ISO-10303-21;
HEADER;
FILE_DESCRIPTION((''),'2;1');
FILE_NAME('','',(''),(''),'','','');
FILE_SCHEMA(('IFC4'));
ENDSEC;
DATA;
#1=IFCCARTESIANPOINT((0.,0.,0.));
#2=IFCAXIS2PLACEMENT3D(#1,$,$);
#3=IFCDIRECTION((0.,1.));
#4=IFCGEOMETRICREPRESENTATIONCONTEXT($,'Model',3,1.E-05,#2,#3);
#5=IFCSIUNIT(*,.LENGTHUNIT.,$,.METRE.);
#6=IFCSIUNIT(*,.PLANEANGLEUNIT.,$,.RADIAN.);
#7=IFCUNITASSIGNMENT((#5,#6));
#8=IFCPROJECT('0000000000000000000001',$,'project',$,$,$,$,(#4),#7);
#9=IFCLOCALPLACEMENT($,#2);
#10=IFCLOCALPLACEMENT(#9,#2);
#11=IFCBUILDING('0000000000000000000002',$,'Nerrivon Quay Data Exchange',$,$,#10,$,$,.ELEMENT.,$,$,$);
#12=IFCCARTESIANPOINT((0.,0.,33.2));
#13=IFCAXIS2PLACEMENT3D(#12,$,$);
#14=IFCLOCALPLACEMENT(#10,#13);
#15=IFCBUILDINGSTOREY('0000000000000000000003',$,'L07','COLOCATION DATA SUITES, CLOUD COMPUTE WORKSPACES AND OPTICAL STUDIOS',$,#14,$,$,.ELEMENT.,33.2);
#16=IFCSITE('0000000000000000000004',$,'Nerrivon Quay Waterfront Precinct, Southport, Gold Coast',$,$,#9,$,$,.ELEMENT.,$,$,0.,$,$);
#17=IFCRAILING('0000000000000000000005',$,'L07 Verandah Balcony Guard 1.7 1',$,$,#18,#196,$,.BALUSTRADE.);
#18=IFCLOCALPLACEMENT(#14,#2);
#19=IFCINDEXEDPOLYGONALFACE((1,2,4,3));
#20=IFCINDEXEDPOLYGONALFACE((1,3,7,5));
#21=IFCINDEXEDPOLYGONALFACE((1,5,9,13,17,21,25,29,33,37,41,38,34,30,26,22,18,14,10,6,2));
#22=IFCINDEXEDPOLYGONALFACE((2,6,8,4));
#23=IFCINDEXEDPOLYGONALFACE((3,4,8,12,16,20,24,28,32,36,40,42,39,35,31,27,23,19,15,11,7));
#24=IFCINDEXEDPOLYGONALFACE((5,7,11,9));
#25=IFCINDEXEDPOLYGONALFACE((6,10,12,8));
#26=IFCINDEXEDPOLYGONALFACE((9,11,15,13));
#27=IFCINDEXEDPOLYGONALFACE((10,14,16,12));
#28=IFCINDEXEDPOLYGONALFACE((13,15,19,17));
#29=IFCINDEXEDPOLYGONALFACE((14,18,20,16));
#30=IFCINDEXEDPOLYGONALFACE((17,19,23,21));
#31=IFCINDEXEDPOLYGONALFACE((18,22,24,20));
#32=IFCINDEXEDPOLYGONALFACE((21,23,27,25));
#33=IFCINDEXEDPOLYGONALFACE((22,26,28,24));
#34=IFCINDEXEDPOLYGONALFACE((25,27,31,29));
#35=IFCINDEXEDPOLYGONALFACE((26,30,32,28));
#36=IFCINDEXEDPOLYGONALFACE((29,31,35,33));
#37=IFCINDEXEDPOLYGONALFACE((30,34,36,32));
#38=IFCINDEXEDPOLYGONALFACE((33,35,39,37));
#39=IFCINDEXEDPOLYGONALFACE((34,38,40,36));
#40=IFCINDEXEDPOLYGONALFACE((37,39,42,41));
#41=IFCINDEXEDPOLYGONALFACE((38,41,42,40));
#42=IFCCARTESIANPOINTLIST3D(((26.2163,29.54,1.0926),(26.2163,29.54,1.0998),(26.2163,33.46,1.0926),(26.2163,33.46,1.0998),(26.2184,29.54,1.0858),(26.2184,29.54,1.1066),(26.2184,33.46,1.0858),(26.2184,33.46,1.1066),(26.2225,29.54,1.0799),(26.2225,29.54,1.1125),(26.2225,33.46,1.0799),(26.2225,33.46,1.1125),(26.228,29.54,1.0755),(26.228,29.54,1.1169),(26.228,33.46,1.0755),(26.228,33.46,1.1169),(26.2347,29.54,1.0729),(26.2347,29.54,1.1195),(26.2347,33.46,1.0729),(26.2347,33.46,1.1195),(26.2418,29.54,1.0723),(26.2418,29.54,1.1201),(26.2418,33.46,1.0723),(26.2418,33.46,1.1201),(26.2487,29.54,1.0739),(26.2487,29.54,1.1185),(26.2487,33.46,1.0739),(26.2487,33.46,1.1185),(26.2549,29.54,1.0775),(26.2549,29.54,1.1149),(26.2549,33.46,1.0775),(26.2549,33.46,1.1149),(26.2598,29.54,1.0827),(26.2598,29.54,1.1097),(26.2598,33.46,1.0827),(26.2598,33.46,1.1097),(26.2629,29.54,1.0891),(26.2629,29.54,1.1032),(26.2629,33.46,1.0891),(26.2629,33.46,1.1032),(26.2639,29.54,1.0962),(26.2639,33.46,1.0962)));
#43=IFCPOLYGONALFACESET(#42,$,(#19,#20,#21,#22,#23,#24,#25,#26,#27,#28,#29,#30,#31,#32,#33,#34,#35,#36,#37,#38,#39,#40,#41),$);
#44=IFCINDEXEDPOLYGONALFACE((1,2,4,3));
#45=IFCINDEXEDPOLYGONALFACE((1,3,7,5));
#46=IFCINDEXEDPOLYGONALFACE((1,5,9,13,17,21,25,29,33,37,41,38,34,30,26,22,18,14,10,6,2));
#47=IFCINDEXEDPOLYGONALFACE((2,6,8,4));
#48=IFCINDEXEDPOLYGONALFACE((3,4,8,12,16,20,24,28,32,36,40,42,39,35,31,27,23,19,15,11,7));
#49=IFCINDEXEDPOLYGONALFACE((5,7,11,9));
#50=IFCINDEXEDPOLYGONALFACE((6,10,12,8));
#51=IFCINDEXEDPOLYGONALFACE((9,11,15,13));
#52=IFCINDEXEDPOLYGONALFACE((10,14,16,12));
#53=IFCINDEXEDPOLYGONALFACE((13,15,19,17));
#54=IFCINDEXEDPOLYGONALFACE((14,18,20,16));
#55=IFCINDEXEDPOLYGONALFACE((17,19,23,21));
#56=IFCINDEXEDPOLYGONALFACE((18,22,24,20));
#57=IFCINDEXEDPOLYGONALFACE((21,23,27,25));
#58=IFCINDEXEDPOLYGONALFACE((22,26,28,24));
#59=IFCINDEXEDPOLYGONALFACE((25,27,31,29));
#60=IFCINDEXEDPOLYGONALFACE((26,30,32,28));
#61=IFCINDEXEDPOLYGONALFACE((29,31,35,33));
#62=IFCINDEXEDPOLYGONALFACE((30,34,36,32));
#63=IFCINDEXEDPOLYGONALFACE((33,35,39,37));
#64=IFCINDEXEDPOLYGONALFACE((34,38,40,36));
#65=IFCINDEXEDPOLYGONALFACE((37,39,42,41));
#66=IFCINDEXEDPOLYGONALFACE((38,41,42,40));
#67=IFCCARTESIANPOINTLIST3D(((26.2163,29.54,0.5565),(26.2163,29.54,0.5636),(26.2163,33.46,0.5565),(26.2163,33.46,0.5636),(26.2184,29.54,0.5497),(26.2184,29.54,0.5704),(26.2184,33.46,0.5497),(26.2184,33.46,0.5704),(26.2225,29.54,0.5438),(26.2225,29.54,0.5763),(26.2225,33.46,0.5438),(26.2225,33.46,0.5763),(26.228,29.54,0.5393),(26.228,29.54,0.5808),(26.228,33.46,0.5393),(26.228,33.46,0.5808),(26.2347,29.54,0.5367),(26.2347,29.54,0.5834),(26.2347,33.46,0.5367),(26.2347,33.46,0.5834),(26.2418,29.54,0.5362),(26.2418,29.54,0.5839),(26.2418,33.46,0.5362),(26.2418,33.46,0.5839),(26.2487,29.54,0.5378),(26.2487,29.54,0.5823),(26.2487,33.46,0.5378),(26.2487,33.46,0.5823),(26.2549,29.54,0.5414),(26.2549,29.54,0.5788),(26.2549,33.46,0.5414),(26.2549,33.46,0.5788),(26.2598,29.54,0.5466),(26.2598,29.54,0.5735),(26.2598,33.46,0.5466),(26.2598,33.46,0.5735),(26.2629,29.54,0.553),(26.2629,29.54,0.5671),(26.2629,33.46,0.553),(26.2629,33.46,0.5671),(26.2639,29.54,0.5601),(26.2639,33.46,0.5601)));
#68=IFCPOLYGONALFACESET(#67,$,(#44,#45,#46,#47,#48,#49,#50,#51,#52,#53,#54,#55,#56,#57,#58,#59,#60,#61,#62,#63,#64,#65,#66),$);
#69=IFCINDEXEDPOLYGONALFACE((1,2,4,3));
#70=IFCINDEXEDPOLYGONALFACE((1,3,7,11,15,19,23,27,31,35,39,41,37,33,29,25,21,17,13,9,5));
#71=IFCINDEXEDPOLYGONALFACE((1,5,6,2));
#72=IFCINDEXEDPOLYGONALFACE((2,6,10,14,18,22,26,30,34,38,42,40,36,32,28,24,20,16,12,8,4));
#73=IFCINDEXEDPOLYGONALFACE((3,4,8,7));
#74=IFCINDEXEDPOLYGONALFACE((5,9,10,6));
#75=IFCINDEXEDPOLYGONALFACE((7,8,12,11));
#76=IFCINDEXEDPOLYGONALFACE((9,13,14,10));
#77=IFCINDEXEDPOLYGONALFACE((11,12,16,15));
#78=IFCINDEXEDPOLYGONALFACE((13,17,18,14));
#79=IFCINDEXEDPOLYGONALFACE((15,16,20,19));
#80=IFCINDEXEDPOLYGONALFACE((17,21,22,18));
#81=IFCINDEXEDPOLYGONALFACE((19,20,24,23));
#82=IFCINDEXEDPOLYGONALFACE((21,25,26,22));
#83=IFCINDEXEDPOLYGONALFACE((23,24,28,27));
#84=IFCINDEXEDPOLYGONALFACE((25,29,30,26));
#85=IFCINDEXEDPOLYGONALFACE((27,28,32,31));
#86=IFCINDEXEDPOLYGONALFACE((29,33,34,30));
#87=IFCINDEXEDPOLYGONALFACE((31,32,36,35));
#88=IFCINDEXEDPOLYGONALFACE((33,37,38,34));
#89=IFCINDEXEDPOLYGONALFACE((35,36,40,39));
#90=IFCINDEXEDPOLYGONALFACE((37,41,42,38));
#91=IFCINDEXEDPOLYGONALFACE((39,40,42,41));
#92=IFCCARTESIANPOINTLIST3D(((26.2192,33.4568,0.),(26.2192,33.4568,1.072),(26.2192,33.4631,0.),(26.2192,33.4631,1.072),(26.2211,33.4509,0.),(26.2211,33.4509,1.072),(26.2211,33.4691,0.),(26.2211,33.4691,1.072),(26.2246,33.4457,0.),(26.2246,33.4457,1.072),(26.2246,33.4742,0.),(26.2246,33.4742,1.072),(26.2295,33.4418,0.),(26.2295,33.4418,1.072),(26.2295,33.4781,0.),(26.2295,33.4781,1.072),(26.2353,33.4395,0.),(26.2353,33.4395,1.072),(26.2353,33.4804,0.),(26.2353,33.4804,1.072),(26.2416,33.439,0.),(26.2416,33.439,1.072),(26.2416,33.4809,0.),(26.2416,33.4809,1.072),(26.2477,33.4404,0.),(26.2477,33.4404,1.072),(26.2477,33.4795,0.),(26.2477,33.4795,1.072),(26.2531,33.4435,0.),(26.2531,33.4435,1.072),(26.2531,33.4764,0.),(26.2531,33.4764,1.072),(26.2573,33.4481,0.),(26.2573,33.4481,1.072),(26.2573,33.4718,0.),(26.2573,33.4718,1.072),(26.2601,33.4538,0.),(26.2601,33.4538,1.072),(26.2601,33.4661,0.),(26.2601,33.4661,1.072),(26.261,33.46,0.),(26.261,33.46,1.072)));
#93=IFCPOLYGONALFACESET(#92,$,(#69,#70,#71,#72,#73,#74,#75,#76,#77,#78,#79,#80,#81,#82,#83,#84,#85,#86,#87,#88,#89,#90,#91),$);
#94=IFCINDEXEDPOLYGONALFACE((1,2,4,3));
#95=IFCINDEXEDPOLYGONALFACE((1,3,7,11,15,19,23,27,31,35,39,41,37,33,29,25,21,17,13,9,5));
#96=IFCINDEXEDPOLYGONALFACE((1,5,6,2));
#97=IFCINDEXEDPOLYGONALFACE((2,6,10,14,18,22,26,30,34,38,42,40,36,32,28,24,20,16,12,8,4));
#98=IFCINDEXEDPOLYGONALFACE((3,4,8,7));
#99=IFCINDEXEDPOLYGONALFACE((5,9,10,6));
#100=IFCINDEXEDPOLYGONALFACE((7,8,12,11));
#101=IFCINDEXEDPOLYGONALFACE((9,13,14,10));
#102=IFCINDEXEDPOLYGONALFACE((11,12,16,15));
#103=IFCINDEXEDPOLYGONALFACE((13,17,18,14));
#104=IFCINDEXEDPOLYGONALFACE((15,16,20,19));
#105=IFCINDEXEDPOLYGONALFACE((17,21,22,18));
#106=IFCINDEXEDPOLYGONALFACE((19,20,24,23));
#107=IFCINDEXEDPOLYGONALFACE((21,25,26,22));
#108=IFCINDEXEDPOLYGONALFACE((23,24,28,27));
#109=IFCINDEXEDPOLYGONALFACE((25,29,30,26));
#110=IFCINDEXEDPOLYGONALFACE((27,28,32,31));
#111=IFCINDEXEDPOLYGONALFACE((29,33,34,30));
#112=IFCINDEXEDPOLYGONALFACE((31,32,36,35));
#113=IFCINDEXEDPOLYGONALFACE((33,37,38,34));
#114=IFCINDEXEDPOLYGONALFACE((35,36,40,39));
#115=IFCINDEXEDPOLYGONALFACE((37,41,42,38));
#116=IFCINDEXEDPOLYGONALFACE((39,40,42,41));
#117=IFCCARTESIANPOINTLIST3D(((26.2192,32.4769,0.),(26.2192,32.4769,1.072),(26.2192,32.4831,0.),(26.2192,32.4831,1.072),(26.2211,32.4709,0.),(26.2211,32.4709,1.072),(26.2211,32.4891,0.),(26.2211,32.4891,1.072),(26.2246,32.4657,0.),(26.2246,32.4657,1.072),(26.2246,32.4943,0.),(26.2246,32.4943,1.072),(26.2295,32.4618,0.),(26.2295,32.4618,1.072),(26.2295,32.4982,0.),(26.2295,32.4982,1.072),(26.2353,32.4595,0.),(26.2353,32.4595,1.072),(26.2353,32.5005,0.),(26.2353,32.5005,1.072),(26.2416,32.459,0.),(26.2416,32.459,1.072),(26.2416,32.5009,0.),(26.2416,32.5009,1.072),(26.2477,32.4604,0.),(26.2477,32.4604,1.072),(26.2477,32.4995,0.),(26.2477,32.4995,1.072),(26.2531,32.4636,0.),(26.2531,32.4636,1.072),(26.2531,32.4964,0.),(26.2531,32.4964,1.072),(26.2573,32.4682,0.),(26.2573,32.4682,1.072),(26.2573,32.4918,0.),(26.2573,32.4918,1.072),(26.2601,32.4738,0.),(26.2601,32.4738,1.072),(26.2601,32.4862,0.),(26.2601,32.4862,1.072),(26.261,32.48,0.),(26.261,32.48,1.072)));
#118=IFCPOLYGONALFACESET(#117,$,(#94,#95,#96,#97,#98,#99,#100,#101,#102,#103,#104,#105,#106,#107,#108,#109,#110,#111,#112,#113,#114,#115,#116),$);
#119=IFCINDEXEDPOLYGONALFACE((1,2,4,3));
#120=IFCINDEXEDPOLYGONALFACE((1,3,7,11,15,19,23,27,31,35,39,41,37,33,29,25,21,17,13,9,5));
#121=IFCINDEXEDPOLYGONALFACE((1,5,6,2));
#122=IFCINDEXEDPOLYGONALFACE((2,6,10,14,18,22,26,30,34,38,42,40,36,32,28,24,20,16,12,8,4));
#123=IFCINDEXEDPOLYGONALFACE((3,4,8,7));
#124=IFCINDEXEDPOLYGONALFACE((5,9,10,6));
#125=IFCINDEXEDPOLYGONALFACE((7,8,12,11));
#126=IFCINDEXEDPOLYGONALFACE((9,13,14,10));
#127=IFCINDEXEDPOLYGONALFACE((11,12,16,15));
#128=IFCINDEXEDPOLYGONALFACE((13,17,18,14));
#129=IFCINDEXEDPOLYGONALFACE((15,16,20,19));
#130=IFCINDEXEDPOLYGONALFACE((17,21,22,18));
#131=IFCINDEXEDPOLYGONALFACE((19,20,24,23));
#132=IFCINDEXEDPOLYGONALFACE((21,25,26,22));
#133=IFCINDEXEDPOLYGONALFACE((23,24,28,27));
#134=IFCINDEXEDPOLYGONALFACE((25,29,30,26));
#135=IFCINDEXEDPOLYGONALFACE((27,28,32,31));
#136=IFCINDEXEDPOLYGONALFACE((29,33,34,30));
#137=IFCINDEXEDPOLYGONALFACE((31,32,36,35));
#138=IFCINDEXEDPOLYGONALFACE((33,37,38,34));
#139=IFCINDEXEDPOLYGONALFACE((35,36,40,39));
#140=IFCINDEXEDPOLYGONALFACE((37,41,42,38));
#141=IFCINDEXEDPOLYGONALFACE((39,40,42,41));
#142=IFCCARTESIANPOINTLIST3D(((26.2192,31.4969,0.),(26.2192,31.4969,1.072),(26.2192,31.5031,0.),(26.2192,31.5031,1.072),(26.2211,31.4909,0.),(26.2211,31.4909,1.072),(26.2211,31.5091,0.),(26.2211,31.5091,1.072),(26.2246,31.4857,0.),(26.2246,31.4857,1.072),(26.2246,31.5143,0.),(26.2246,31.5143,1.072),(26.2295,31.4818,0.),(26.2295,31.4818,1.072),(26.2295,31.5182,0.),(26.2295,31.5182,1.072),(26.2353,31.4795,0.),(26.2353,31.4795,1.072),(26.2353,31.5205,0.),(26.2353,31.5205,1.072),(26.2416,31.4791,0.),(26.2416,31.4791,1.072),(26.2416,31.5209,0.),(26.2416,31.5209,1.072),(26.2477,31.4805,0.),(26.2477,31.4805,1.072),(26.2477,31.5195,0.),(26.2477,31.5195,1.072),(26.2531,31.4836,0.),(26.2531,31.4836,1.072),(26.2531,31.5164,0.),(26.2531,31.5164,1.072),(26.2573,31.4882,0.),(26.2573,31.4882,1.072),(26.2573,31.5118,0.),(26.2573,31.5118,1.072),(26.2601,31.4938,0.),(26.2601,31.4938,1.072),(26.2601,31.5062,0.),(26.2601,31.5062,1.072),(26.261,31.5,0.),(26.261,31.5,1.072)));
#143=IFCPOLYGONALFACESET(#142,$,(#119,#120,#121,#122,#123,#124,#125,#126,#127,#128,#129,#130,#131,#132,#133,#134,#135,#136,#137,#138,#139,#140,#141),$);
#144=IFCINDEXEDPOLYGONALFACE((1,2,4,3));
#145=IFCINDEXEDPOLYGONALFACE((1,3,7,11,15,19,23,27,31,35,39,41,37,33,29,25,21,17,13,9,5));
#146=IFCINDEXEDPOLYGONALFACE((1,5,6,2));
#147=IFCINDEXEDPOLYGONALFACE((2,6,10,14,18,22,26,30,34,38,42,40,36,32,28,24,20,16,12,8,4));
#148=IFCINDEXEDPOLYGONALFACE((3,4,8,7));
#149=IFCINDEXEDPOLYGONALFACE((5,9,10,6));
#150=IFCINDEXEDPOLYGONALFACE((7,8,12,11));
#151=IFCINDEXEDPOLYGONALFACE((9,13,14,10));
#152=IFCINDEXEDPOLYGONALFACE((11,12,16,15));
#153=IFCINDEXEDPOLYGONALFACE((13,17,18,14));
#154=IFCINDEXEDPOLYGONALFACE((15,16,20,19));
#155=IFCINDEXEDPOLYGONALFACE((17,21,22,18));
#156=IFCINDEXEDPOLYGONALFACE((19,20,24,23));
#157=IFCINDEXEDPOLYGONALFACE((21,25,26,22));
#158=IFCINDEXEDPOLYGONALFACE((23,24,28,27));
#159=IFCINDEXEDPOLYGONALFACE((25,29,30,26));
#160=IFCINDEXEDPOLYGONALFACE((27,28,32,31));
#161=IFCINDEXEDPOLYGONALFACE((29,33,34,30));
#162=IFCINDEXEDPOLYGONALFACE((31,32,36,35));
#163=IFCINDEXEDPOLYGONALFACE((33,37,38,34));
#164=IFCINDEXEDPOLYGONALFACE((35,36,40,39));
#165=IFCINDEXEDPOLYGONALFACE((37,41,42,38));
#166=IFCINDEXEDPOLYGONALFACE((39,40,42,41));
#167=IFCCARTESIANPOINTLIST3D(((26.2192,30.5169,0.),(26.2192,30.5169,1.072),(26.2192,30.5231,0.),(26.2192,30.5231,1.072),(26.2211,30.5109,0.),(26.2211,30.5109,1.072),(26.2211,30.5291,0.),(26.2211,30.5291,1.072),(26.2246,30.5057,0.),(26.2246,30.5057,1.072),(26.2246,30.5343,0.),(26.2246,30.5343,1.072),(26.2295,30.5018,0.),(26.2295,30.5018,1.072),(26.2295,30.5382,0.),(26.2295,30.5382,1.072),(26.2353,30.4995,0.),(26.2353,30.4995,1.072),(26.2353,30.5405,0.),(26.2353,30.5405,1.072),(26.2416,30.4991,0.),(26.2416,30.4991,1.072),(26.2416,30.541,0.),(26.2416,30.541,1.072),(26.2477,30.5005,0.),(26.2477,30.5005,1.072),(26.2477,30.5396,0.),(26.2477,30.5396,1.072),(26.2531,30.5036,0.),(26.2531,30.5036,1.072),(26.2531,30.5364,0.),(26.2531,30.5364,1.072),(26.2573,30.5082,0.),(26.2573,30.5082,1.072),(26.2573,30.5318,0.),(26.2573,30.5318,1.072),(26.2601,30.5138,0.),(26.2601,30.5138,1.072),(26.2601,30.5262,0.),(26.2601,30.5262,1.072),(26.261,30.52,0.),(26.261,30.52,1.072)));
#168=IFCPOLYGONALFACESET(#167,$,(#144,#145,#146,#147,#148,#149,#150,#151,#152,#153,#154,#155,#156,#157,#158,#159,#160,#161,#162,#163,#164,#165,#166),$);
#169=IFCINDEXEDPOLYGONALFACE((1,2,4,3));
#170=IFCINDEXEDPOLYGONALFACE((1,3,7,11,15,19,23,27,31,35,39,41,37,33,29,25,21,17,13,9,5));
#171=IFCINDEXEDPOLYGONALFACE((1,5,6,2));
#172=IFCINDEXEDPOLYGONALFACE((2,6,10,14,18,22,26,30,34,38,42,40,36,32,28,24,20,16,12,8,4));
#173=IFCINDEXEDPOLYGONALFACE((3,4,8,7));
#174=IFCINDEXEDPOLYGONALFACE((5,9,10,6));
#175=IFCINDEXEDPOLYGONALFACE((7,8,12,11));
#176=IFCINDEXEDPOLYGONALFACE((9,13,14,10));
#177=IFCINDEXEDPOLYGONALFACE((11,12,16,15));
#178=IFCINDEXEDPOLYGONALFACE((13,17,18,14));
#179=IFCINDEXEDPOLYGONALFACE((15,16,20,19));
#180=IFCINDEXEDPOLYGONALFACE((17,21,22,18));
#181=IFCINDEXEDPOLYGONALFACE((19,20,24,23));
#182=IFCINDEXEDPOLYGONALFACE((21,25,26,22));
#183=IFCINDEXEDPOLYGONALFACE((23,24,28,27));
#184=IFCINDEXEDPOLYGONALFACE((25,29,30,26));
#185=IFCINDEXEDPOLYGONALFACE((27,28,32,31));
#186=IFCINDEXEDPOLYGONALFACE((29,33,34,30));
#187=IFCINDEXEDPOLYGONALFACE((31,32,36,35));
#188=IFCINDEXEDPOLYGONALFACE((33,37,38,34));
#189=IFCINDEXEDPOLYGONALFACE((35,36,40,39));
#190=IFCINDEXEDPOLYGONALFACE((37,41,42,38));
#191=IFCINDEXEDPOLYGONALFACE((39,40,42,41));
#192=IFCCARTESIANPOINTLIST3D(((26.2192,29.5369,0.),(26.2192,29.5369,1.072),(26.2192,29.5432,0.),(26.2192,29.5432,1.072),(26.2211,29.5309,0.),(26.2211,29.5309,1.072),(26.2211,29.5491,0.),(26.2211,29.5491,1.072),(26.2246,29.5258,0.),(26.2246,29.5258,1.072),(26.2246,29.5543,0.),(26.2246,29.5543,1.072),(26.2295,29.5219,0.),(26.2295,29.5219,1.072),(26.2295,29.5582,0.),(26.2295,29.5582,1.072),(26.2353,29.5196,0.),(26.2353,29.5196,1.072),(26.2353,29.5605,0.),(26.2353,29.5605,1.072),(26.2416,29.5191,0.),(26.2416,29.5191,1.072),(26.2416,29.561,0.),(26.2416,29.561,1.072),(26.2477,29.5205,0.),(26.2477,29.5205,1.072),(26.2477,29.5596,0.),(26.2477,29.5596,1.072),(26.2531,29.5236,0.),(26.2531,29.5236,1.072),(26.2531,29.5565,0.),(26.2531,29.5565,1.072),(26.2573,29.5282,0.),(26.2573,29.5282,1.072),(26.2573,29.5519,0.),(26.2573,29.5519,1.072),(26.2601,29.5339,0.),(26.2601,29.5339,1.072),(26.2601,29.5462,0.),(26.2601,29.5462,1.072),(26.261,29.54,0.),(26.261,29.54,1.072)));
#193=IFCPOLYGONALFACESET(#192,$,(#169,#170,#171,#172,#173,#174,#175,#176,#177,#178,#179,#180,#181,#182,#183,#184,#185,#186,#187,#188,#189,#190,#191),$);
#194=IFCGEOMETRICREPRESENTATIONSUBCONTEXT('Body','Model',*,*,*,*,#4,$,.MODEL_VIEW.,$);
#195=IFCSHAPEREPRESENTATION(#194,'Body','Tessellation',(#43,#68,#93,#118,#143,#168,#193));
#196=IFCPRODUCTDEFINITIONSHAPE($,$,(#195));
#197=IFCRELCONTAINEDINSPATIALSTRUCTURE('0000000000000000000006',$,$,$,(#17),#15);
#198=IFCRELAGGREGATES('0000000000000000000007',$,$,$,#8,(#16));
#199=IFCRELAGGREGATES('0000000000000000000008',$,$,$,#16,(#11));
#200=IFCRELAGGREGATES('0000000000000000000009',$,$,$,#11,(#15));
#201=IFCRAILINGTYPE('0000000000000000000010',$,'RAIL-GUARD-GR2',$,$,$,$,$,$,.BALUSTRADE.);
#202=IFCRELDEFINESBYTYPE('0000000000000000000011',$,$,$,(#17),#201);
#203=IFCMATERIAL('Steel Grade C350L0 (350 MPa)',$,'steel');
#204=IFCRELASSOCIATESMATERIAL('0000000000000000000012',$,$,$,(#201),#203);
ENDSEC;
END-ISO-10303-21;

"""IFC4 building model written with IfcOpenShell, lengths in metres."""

from ifc_helpers import new_model, si_unit, direction, frame, origin, origin_2d, place, context, subcontext, project, spatial, circle, extrude, material, type_object, element, save


model = new_model("IFC4")

# Units and contexts
model_context = context("Model", 3, precision=1e-05, world=origin(), true_north=direction((0.0, 1.0)))
body_context = subcontext(model_context, "Body", "Model", "MODEL_VIEW")
ifc_project = project(units=[si_unit("LENGTHUNIT", "METRE"), si_unit("PLANEANGLEUNIT", "RADIAN")], contexts=[model_context])

# Site, building, storey
site_placement = place(None, origin())
site = spatial("IfcSite", under=ifc_project, at=site_placement, Name="Nerrivon Quay Waterfront Precinct, Southport, Gold Coast", CompositionType="ELEMENT", RefElevation=0.0)
building_placement = place(site_placement, origin())
building = spatial("IfcBuilding", under=site, at=building_placement, Name="Nerrivon Quay Data Exchange", CompositionType="ELEMENT")
storey_placement = place(building_placement, frame((0.0, 0.0, 33.2)))
storey = spatial("IfcBuildingStorey", under=building, at=storey_placement, Name="L07", Description="COLOCATION DATA SUITES, CLOUD COMPUTE WORKSPACES AND OPTICAL STUDIOS", CompositionType="ELEMENT", Elevation=33.2)

# Railing
ifc_material_1 = material(Name="Steel Grade C350L0 (350 MPa)", Category="steel")
railing_type = type_object("IfcRailingType", Name="RAIL-GUARD-GR2", PredefinedType="BALUSTRADE", material=ifc_material_1)
railing_1_placement = place(storey_placement, frame((26.24, 33.46, 0.0)))
element("IfcRailing", 1, at=railing_1_placement, inside=storey, type_object=railing_type, Name="L07 Verandah Balcony Guard 1.7 1", PredefinedType="BALUSTRADE", context=body_context, shape_type="SweptSolid", body=[
    extrude(circle(Radius=0.0239, at=origin_2d()), frame((0.0, 0.0, 1.0962), z_axis=(0.0, -1.0, 0.0), x_axis=(1.0, 0.0, 0.0)), (0.0, 0.0, 1.0), 3.9199),
    extrude(circle(Radius=0.0239, at=origin_2d()), frame((0.0, 0.0, 0.5601), z_axis=(0.0, -1.0, 0.0), x_axis=(1.0, 0.0, 0.0)), (0.0, 0.0, 1.0), 3.9199),
    extrude(circle(Radius=0.021, at=origin_2d()), origin(), (0.0, 0.0, 1.0), 1.072),
    extrude(circle(Radius=0.021, at=origin_2d()), frame((0.0, -0.98, 0.0)), (0.0, 0.0, 1.0), 1.072),
    extrude(circle(Radius=0.021, at=origin_2d()), frame((0.0, -1.96, 0.0)), (0.0, 0.0, 1.0), 1.072),
    extrude(circle(Radius=0.021, at=origin_2d()), frame((0.0, -2.9399, 0.0)), (0.0, 0.0, 1.0), 1.072),
    extrude(circle(Radius=0.021, at=origin_2d()), frame((0.0, -3.9199, 0.0)), (0.0, 0.0, 1.0), 1.072),
])

save(model, "model.ifc")
